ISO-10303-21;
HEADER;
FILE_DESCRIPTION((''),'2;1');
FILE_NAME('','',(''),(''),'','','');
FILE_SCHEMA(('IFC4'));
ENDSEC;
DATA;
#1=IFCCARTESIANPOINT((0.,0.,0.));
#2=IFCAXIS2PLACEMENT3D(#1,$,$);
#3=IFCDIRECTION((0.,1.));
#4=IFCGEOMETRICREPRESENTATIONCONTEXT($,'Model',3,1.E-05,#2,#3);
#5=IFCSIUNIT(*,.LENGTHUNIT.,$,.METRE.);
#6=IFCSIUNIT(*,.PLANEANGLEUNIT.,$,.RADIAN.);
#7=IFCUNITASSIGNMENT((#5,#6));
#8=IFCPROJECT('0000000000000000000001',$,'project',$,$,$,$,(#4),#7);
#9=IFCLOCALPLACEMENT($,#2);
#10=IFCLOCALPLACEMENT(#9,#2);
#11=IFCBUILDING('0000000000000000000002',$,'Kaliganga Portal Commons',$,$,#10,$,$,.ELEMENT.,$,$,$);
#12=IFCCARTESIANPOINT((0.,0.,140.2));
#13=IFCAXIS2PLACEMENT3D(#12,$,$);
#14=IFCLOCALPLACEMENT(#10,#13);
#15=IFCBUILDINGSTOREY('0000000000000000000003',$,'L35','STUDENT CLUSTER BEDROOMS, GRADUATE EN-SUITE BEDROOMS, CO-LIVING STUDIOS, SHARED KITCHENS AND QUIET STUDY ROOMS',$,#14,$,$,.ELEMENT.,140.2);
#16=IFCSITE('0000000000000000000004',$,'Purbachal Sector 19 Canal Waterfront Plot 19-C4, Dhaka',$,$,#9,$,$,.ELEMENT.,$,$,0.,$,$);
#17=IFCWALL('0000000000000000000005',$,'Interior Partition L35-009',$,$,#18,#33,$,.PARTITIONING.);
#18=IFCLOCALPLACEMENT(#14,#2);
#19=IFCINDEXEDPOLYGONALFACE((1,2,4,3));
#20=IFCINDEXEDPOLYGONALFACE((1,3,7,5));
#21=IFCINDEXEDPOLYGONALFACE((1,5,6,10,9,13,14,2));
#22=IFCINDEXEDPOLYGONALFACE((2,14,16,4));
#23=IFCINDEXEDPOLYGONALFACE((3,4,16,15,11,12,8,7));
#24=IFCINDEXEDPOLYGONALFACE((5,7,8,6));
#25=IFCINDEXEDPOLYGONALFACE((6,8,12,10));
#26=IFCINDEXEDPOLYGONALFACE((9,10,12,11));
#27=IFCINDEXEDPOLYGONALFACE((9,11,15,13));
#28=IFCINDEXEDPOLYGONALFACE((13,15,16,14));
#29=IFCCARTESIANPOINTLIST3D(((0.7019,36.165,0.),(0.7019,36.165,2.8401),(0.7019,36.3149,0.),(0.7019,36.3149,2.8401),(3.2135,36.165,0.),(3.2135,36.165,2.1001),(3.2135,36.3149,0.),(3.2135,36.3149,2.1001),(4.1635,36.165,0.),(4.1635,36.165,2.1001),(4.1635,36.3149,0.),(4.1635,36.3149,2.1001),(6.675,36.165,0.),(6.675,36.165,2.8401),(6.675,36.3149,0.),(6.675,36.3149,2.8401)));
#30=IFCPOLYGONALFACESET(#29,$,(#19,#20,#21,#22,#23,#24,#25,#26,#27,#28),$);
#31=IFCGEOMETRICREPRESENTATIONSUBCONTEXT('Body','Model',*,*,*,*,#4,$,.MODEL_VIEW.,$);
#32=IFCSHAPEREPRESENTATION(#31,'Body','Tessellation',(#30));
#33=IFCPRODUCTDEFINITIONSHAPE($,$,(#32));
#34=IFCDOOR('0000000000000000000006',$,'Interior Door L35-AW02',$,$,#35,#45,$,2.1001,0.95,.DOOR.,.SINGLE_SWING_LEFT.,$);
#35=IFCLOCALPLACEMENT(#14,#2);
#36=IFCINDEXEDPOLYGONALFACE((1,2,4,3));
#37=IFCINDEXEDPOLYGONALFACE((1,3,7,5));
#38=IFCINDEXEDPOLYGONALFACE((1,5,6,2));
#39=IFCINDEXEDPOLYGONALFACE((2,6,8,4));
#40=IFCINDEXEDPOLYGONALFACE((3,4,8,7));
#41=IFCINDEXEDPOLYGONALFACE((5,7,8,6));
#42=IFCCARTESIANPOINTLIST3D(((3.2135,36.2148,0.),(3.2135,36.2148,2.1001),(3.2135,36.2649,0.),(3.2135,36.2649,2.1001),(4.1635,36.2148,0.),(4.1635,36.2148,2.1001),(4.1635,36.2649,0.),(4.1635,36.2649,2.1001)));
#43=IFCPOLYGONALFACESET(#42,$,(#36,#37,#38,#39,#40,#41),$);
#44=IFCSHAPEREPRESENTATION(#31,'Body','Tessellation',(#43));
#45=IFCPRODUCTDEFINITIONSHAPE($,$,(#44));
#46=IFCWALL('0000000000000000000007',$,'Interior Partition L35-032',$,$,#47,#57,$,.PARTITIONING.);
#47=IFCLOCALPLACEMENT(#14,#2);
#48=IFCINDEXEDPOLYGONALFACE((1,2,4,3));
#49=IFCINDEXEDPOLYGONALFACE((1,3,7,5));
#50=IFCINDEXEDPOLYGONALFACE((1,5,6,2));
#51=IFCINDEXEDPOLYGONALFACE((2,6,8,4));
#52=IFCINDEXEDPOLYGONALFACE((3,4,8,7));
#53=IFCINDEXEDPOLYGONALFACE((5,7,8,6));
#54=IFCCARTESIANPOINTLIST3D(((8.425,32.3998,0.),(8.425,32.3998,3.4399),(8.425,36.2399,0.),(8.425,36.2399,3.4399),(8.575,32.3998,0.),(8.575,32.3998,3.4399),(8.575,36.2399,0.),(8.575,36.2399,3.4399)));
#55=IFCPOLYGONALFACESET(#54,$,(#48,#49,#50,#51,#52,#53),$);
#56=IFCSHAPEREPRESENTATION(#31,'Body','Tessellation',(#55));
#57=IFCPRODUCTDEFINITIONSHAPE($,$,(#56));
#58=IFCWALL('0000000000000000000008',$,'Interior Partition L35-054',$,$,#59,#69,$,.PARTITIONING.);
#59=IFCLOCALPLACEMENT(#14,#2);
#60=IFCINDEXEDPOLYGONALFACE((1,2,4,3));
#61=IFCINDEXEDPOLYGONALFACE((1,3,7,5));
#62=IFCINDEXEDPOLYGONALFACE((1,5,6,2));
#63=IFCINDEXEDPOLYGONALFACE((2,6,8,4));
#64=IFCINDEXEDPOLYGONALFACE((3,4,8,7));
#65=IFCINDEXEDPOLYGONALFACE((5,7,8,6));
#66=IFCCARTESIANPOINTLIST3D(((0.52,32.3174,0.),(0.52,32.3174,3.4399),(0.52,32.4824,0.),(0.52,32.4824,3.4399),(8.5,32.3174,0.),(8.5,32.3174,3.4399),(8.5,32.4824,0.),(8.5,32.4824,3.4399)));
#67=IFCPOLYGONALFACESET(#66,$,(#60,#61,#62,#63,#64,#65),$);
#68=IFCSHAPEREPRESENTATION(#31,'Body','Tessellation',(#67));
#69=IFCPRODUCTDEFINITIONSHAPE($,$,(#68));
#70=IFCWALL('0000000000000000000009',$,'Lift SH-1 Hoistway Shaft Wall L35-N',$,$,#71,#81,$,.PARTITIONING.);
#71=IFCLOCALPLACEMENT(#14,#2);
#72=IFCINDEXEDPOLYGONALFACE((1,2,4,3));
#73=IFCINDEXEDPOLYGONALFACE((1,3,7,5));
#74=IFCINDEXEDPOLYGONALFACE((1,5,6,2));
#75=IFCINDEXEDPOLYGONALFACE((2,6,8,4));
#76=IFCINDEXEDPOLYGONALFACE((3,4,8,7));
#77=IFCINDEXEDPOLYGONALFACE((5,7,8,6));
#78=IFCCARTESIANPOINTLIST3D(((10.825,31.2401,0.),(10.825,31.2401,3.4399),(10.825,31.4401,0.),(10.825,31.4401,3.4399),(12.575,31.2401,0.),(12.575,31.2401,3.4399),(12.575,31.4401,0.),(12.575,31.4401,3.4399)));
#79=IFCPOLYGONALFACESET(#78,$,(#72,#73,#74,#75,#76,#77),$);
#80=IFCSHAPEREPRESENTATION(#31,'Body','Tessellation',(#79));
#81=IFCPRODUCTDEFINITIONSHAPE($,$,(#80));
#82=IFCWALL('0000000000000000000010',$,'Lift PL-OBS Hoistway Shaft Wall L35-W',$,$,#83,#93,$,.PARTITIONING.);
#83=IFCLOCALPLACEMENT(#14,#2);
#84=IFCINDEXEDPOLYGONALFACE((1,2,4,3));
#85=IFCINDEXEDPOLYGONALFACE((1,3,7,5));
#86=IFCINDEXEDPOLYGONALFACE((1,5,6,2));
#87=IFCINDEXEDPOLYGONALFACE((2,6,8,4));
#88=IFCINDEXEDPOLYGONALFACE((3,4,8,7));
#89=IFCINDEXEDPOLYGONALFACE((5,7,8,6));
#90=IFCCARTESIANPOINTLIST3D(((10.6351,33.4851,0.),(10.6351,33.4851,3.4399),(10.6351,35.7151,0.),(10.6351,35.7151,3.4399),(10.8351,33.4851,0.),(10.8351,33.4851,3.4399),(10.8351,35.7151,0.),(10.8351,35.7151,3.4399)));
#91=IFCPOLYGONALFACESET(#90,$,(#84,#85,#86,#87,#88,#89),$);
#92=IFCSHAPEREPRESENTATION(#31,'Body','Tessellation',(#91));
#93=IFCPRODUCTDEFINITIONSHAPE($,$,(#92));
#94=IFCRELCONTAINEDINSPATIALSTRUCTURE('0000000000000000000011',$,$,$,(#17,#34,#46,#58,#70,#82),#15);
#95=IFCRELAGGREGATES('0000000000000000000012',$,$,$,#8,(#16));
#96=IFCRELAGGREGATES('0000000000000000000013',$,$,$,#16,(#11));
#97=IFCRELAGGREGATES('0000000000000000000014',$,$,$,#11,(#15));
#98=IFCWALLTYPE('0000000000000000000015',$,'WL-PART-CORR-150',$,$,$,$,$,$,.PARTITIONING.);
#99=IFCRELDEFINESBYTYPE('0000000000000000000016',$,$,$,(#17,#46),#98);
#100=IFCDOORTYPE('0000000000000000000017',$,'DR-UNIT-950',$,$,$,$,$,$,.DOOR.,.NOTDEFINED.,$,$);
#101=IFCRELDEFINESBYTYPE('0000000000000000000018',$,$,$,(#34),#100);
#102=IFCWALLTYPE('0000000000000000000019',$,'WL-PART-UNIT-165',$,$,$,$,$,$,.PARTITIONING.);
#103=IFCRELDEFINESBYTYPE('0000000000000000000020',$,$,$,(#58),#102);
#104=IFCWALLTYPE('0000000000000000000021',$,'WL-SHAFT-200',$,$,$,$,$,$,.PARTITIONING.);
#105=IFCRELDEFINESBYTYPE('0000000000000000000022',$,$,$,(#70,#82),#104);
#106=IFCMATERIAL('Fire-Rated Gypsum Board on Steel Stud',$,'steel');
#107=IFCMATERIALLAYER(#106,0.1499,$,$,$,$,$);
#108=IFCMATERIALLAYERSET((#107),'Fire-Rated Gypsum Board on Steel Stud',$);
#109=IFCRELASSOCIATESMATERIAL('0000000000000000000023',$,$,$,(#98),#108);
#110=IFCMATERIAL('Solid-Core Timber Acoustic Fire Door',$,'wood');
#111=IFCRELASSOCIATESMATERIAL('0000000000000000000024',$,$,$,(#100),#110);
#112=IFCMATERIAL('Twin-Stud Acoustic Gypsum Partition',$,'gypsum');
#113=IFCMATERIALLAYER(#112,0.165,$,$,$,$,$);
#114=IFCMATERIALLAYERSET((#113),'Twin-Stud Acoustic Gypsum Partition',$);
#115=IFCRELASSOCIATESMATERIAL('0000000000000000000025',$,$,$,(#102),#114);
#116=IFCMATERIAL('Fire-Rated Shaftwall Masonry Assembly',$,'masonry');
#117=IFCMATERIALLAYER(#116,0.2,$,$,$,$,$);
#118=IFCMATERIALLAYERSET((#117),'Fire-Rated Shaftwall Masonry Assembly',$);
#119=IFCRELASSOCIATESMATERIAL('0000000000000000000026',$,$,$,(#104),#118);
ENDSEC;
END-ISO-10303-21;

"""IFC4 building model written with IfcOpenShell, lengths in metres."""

from ifc_helpers import new_model, si_unit, direction, frame, frame_2d, origin, place, context, subcontext, project, spatial, rectangle, extrude, material, layer, layer_set, type_object, element, fill, save


model = new_model("IFC4")

# Units and contexts
model_context = context("Model", 3, precision=1e-05, world=origin(), true_north=direction((0.0, 1.0)))
body_context = subcontext(model_context, "Body", "Model", "MODEL_VIEW")
ifc_project = project(units=[si_unit("LENGTHUNIT", "METRE"), si_unit("PLANEANGLEUNIT", "RADIAN")], contexts=[model_context])

# Site, building, storey
site_placement = place(None, origin())
site = spatial("IfcSite", under=ifc_project, at=site_placement, Name="Purbachal Sector 19 Canal Waterfront Plot 19-C4, Dhaka", CompositionType="ELEMENT", RefElevation=0.0)
building_placement = place(site_placement, origin())
building = spatial("IfcBuilding", under=site, at=building_placement, Name="Kaliganga Portal Commons", CompositionType="ELEMENT")
storey_placement = place(building_placement, frame((0.0, 0.0, 140.2)))
storey = spatial("IfcBuildingStorey", under=building, at=storey_placement, Name="L35", Description="STUDENT CLUSTER BEDROOMS, GRADUATE EN-SUITE BEDROOMS, CO-LIVING STUDIOS, SHARED KITCHENS AND QUIET STUDY ROOMS", CompositionType="ELEMENT", Elevation=140.2)

# Wall, opening, door
ifc_material_1 = material(Name="Fire-Rated Gypsum Board on Steel Stud", Category="steel")
ifc_layer_1 = layer(ifc_material_1, 0.1499)
ifc_layer_set_1 = layer_set([ifc_layer_1], Name="Fire-Rated Gypsum Board on Steel Stud")
wall_type_1 = type_object("IfcWallType", Name="WL-PART-CORR-150", PredefinedType="PARTITIONING", material=ifc_layer_set_1)
wall_1_placement = place(storey_placement, frame((0.7019, 36.24, 0.0), z_axis=(0.0, 0.0, 1.0), x_axis=(1.0, 0.0, 0.0)))
wall_1 = element("IfcWall", 1, at=wall_1_placement, inside=storey, type_object=wall_type_1, Name="Interior Partition L35-009", PredefinedType="PARTITIONING", context=body_context, shape_type="SweptSolid", body=[
    extrude(rectangle(XDim=5.9731, YDim=0.1499, at=frame_2d((2.9866, 0.0))), origin(), (0.0, 0.0, 1.0), 2.8401),
])
opening_1_placement = place(wall_1_placement, frame((2.5115, 0.0, 0.0)))
opening_1 = element("IfcOpeningElement", 2, at=opening_1_placement, cuts=wall_1, PredefinedType="OPENING", context=body_context, shape_type="SweptSolid", body=[
    extrude(rectangle(XDim=0.95, YDim=2.1001, at=frame_2d((0.4751, 1.05))), frame((0.0, 0.085, 0.0), z_axis=(0.0, -1.0, 0.0), x_axis=(1.0, 0.0, 0.0)), (0.0, 0.0, 1.0), 0.1699),
])
ifc_material_2 = material(Name="Solid-Core Timber Acoustic Fire Door", Category="wood")
door_type_1 = type_object("IfcDoorType", Name="DR-UNIT-950", OperationType="NOTDEFINED", PredefinedType="DOOR", material=ifc_material_2)
door_1_placement = place(opening_1_placement, origin())
door_1 = element("IfcDoor", 3, at=door_1_placement, inside=storey, type_object=door_type_1, Name="Interior Door L35-AW02", OperationType="SINGLE_SWING_LEFT", OverallHeight=2.1001, OverallWidth=0.95, PredefinedType="DOOR", context=body_context, shape_type="SweptSolid", body=[
    extrude(rectangle(XDim=0.95, YDim=2.1001, at=frame_2d((0.4751, 1.05))), frame((0.0, 0.0249, 0.0), z_axis=(0.0, -1.0, 0.0), x_axis=(1.0, 0.0, 0.0)), (0.0, 0.0, 1.0), 0.05),
])
fill(opening_1, door_1)

# Walls
wall_2_placement = place(storey_placement, frame((8.5, 32.3999, 0.0), z_axis=(0.0, 0.0, 1.0), x_axis=(0.0, 1.0, 0.0)))
element("IfcWall", 4, at=wall_2_placement, inside=storey, type_object=wall_type_1, Name="Interior Partition L35-032", PredefinedType="PARTITIONING", context=body_context, shape_type="SweptSolid", body=[
    extrude(rectangle(XDim=3.8401, YDim=0.1499, at=frame_2d((1.9199, 0.0))), origin(), (0.0, 0.0, 1.0), 3.4399),
])
ifc_material_3 = material(Name="Twin-Stud Acoustic Gypsum Partition", Category="gypsum")
ifc_layer_2 = layer(ifc_material_3, 0.165)
ifc_layer_set_2 = layer_set([ifc_layer_2], Name="Twin-Stud Acoustic Gypsum Partition")
wall_type_2 = type_object("IfcWallType", Name="WL-PART-UNIT-165", PredefinedType="PARTITIONING", material=ifc_layer_set_2)
wall_3_placement = place(storey_placement, frame((0.52, 32.3999, 0.0), z_axis=(0.0, 0.0, 1.0), x_axis=(1.0, 0.0, 0.0)))
element("IfcWall", 5, at=wall_3_placement, inside=storey, type_object=wall_type_2, Name="Interior Partition L35-054", PredefinedType="PARTITIONING", context=body_context, shape_type="SweptSolid", body=[
    extrude(rectangle(XDim=7.98, YDim=0.165, at=frame_2d((3.99, 0.0))), origin(), (0.0, 0.0, 1.0), 3.4399),
])
ifc_material_4 = material(Name="Fire-Rated Shaftwall Masonry Assembly", Category="masonry")
ifc_layer_3 = layer(ifc_material_4, 0.2)
ifc_layer_set_3 = layer_set([ifc_layer_3], Name="Fire-Rated Shaftwall Masonry Assembly")
wall_type_3 = type_object("IfcWallType", Name="WL-SHAFT-200", PredefinedType="PARTITIONING", material=ifc_layer_set_3)
wall_4_placement = place(storey_placement, frame((10.825, 31.3401, 0.0), z_axis=(0.0, 0.0, 1.0), x_axis=(1.0, 0.0, 0.0)))
element("IfcWall", 6, at=wall_4_placement, inside=storey, type_object=wall_type_3, Name="Lift SH-1 Hoistway Shaft Wall L35-N", PredefinedType="PARTITIONING", context=body_context, shape_type="SweptSolid", body=[
    extrude(rectangle(XDim=1.75, YDim=0.2, at=frame_2d((0.875, 0.0))), origin(), (0.0, 0.0, 1.0), 3.4399),
])

# Wall
wall_5_placement = place(storey_placement, frame((10.7351, 33.4851, 0.0), z_axis=(0.0, 0.0, 1.0), x_axis=(0.0, 1.0, 0.0)))
element("IfcWall", 7, at=wall_5_placement, inside=storey, type_object=wall_type_3, Name="Lift PL-OBS Hoistway Shaft Wall L35-W", PredefinedType="PARTITIONING", context=body_context, shape_type="SweptSolid", body=[
    extrude(rectangle(XDim=2.23, YDim=0.2, at=frame_2d((1.115, 0.0))), origin(), (0.0, 0.0, 1.0), 3.4399),
])

save(model, "model.ifc")
